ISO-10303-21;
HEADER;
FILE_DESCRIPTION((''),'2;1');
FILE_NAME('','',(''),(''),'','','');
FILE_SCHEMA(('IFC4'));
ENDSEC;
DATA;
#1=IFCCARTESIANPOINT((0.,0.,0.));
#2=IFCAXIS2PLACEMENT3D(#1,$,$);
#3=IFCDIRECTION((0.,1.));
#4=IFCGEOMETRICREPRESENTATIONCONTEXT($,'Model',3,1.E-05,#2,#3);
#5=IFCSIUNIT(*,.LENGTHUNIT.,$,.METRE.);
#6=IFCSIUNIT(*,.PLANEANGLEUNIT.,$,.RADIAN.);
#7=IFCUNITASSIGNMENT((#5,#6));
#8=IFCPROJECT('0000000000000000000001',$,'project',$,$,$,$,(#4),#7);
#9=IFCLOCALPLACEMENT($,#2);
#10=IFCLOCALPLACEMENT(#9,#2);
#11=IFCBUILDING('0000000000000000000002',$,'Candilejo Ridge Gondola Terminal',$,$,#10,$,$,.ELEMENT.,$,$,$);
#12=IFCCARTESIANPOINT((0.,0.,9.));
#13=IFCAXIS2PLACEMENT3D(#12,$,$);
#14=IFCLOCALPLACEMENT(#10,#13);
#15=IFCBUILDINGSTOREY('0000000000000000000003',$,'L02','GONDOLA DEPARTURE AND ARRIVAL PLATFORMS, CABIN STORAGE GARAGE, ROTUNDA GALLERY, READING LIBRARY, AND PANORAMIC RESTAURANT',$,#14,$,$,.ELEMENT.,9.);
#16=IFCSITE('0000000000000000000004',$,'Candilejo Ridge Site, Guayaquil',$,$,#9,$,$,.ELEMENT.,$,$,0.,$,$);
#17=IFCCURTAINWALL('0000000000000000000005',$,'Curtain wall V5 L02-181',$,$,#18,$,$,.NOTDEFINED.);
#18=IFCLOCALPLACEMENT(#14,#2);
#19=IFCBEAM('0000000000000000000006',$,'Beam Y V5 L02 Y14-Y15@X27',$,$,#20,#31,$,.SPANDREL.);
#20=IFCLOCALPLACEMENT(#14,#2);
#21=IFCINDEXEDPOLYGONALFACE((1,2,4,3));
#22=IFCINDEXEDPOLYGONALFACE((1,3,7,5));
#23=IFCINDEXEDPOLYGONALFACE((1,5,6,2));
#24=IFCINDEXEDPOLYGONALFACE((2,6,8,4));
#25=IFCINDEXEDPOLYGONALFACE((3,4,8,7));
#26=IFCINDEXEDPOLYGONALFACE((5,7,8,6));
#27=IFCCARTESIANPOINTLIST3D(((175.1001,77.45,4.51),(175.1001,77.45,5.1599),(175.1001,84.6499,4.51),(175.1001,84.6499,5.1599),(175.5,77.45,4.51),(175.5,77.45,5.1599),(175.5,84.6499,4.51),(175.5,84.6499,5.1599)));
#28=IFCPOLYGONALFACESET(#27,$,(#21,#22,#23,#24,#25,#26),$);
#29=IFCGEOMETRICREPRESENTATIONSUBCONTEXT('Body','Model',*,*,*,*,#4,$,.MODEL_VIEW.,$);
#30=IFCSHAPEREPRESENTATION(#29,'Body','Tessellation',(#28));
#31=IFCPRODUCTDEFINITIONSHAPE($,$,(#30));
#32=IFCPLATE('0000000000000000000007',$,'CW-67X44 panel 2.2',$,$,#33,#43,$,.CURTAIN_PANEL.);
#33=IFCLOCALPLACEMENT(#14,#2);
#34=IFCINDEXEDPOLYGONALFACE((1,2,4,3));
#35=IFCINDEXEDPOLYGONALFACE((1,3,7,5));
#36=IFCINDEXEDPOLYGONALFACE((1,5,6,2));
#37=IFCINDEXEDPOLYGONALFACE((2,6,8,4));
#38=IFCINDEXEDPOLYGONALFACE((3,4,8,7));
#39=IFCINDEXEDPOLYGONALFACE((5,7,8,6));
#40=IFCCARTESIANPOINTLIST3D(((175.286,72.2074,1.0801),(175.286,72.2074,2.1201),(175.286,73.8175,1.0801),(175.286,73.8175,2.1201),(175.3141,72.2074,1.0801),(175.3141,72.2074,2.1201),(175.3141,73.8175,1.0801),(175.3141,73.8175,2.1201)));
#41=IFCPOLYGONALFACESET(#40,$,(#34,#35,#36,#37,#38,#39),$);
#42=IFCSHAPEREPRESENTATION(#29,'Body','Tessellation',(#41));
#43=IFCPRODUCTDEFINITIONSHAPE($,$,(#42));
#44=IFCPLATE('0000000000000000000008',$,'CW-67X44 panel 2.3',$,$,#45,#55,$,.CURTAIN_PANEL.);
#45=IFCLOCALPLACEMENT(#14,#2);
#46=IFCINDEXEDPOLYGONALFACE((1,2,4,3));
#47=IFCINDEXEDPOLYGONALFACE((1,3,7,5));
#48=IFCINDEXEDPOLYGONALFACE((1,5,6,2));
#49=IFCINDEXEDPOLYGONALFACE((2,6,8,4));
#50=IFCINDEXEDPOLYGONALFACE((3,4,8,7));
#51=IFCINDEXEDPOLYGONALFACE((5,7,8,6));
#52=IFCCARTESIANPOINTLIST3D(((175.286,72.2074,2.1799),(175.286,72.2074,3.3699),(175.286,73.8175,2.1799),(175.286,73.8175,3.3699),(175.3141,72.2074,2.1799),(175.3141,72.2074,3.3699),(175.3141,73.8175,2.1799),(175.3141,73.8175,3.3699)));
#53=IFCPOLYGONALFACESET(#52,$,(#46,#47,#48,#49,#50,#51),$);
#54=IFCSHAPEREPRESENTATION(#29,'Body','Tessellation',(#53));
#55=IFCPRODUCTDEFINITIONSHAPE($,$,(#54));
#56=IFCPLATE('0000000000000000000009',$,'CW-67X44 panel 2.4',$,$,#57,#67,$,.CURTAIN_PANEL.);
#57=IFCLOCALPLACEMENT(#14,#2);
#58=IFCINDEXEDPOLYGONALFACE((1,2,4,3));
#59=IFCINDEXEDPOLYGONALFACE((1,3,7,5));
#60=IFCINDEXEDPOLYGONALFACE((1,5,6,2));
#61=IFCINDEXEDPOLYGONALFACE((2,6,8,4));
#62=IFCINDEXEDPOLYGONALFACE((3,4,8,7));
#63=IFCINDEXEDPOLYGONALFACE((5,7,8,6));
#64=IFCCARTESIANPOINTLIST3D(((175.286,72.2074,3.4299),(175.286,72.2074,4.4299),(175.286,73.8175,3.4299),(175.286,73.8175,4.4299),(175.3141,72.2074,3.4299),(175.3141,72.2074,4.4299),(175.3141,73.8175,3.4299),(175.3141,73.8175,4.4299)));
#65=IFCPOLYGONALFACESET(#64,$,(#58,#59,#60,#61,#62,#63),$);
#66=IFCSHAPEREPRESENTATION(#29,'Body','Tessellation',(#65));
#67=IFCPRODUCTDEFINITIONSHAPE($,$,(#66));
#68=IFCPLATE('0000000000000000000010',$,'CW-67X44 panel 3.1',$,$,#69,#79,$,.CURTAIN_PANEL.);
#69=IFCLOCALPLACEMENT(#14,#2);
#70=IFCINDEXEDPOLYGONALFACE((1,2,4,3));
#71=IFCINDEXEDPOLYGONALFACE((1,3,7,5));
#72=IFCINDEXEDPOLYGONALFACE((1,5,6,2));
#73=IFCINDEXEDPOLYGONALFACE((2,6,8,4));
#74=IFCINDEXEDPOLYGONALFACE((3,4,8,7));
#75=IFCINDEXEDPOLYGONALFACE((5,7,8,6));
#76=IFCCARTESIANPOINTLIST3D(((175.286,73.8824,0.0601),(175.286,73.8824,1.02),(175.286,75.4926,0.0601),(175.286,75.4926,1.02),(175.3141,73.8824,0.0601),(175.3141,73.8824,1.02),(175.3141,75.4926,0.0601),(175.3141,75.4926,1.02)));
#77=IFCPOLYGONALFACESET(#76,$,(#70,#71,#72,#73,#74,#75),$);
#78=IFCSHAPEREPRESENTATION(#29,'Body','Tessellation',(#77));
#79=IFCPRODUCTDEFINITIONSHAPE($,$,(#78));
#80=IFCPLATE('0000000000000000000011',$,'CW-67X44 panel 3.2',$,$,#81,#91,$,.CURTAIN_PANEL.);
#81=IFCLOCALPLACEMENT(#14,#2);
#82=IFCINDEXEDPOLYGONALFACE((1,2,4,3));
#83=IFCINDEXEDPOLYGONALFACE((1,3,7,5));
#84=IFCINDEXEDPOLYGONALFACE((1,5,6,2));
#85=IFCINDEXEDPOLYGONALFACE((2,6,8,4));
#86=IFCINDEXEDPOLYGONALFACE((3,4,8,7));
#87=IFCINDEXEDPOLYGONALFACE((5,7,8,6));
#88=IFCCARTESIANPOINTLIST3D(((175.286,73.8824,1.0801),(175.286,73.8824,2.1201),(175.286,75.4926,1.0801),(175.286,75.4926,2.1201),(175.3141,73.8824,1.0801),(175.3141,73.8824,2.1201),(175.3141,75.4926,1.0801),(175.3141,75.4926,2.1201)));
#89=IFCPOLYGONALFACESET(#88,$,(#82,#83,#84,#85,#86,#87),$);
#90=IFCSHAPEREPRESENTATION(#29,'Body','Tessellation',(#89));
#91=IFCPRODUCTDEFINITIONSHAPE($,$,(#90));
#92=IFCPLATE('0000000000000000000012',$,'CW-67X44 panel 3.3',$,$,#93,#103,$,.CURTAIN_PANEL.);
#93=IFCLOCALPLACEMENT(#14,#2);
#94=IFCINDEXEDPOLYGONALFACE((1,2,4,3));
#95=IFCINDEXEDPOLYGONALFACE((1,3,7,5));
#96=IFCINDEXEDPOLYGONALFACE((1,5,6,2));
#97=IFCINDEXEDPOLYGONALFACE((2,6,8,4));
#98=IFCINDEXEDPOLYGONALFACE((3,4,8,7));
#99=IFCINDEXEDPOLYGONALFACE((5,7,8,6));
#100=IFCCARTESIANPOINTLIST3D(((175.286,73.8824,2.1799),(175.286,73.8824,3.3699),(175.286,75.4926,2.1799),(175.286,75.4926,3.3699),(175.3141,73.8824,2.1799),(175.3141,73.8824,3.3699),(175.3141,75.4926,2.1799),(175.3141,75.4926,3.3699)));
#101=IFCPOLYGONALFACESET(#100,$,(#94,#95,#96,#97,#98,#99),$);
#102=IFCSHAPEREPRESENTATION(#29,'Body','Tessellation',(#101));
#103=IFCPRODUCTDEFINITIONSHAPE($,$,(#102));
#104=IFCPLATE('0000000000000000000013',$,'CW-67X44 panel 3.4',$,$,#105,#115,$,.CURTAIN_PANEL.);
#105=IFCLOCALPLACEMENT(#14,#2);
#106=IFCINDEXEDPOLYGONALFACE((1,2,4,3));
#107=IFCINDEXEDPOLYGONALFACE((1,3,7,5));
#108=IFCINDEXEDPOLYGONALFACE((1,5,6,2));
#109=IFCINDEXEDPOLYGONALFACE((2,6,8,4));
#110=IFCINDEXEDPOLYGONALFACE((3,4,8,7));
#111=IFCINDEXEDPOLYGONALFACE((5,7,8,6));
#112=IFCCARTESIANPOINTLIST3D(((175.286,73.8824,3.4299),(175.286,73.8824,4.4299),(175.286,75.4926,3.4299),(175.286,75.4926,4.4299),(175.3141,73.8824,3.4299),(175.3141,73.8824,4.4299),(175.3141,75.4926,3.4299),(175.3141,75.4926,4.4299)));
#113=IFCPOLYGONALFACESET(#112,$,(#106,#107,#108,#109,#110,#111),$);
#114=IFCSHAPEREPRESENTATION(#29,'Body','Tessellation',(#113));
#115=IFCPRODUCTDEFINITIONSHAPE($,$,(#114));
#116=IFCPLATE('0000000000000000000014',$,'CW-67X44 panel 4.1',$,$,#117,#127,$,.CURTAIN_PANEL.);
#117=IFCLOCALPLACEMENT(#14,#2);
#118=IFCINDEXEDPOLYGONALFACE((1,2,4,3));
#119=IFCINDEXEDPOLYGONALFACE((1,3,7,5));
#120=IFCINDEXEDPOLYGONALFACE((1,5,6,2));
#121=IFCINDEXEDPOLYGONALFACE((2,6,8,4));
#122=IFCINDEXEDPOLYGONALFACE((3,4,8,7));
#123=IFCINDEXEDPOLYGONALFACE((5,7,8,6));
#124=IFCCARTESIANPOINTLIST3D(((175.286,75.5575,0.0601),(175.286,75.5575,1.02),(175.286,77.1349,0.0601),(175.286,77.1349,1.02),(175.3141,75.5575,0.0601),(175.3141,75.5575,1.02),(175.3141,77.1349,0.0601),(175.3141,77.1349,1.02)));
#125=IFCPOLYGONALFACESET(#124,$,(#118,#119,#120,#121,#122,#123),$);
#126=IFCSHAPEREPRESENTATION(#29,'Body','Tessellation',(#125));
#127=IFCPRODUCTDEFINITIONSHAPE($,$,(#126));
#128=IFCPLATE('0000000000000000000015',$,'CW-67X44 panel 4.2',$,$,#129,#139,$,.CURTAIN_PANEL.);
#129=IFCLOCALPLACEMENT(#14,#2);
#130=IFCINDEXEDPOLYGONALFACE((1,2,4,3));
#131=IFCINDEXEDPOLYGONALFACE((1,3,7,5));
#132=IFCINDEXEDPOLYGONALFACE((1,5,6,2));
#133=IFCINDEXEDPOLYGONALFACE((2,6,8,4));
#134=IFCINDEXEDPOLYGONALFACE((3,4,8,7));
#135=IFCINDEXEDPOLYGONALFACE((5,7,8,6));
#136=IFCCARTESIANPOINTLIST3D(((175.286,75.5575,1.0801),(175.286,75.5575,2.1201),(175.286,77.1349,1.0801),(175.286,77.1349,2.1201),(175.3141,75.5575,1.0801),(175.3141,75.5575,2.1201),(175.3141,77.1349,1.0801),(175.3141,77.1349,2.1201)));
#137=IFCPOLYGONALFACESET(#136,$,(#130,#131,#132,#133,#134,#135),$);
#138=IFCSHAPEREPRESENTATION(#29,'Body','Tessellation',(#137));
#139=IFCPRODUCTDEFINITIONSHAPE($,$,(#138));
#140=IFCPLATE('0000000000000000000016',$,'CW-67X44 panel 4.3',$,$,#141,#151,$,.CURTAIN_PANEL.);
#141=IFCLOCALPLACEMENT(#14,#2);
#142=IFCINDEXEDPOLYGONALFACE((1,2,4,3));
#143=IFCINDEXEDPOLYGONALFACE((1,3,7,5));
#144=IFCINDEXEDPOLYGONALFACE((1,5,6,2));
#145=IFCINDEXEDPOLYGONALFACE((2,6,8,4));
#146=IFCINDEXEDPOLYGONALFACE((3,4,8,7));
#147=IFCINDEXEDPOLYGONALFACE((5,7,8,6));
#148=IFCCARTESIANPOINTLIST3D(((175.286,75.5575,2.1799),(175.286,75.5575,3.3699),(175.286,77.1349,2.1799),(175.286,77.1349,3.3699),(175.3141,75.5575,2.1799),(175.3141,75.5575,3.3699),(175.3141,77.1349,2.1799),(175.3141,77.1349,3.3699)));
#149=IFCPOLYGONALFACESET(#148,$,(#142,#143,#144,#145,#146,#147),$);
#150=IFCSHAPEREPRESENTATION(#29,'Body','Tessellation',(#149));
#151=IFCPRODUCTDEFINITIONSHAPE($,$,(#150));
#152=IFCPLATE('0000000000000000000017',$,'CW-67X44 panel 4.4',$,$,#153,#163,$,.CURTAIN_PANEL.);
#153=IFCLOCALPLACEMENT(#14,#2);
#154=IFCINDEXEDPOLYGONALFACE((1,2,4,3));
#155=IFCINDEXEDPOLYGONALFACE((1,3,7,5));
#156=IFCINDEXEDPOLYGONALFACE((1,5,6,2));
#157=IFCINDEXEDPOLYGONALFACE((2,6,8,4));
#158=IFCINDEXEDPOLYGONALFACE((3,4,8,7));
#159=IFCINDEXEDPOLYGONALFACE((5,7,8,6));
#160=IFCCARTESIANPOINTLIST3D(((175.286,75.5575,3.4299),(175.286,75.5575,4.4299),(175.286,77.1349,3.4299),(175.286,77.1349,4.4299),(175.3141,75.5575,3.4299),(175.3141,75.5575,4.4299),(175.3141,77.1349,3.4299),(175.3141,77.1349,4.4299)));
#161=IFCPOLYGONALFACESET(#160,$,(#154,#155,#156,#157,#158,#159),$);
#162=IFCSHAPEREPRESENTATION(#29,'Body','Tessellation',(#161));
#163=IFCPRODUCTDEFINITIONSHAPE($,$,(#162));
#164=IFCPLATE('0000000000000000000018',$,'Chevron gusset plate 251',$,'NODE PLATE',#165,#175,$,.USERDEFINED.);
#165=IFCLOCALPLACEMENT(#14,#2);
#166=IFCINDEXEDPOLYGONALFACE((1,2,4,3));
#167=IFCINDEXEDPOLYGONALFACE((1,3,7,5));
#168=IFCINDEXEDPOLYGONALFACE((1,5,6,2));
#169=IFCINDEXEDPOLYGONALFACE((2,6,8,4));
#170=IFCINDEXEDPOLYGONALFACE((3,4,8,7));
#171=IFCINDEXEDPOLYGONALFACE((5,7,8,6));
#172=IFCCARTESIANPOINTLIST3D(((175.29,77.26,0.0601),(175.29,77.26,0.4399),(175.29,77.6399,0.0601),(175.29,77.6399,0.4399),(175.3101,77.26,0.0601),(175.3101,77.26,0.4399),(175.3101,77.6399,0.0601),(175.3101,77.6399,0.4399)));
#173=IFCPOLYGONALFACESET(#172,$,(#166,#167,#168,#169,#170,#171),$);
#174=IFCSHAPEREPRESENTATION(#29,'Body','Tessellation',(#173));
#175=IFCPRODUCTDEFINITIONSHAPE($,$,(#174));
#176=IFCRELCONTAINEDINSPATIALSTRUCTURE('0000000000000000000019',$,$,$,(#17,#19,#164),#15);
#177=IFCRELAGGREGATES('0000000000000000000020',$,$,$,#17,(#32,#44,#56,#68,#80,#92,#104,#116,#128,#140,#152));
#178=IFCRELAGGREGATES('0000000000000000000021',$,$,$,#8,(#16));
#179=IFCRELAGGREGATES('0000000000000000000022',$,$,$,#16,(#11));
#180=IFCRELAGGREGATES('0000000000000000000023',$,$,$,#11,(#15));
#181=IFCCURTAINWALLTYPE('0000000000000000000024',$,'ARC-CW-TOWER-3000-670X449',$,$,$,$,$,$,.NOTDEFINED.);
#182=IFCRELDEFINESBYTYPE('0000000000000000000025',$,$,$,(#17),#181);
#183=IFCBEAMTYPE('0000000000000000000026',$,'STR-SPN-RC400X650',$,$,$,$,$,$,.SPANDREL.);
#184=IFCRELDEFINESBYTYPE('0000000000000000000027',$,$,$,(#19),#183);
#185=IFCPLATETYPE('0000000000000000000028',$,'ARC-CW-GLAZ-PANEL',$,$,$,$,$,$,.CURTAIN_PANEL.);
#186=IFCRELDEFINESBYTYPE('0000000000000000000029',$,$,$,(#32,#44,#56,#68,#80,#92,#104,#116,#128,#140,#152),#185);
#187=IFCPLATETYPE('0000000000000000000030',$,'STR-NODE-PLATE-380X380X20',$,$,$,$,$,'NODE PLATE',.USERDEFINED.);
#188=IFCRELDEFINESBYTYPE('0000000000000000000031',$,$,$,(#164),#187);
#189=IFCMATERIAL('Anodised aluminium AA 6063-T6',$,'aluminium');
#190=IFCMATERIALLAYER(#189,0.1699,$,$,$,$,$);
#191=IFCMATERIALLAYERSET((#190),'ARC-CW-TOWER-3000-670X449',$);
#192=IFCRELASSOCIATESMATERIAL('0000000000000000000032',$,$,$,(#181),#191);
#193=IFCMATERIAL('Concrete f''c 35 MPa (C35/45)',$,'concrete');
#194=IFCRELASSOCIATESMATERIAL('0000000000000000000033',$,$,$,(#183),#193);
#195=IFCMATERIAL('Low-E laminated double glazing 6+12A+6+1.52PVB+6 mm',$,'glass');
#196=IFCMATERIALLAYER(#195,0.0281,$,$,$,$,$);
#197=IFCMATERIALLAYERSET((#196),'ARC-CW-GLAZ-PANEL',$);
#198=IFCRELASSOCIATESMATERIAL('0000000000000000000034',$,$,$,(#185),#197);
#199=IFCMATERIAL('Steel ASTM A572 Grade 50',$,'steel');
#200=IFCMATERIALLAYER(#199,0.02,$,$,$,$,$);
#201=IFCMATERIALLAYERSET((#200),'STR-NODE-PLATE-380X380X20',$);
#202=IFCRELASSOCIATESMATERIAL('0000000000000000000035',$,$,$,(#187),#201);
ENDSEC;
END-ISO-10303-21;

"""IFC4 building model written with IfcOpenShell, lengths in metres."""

from ifc_helpers import new_model, si_unit, direction, frame, origin, origin_2d, place, context, subcontext, project, spatial, rectangle, extrude, material, layer, layer_set, material_profile, profile_set, type_object, element, aggregate, save


model = new_model("IFC4")

# Units and contexts
model_context = context("Model", 3, precision=1e-05, world=origin(), true_north=direction((0.0, 1.0)))
body_context = subcontext(model_context, "Body", "Model", "MODEL_VIEW")
ifc_project = project(units=[si_unit("LENGTHUNIT", "METRE"), si_unit("PLANEANGLEUNIT", "RADIAN")], contexts=[model_context])

# Site, building, storey
site_placement = place(None, origin())
site = spatial("IfcSite", under=ifc_project, at=site_placement, Name="Candilejo Ridge Site, Guayaquil", CompositionType="ELEMENT", RefElevation=0.0)
building_placement = place(site_placement, origin())
building = spatial("IfcBuilding", under=site, at=building_placement, Name="Candilejo Ridge Gondola Terminal", CompositionType="ELEMENT")
storey_placement = place(building_placement, frame((0.0, 0.0, 9.0)))
storey = spatial("IfcBuildingStorey", under=building, at=storey_placement, Name="L02", Description="GONDOLA DEPARTURE AND ARRIVAL PLATFORMS, CABIN STORAGE GARAGE, ROTUNDA GALLERY, READING LIBRARY, AND PANORAMIC RESTAURANT", CompositionType="ELEMENT", Elevation=9.0)

# Curtain wall
ifc_material_1 = material(Name="Anodised aluminium AA 6063-T6", Category="aluminium")
ifc_layer_1 = layer(ifc_material_1, 0.1699)
ifc_layer_set_1 = layer_set([ifc_layer_1], Name="ARC-CW-TOWER-3000-670X449")
curtain_wall_type = type_object("IfcCurtainWallType", Name="ARC-CW-TOWER-3000-670X449", PredefinedType="NOTDEFINED", material=ifc_layer_set_1)
curtain_wall_placement = place(storey_placement, origin())
curtain_wall = element("IfcCurtainWall", 1, at=curtain_wall_placement, inside=storey, type_object=curtain_wall_type, Name="Curtain wall V5 L02-181", PredefinedType="NOTDEFINED")

# Beam
ifc_material_2 = material(Name="Concrete f'c 35 MPa (C35/45)", Category="concrete")
ifc_material_profile_1 = material_profile(ifc_material_2, rectangle(XDim=0.3999, YDim=0.6499, at=origin_2d()))
ifc_profile_set_1 = profile_set([ifc_material_profile_1], Name="Concrete f'c 35 MPa (C35/45)")
beam_type_1 = type_object("IfcBeamType", Name="STR-SPN-RC400X650", PredefinedType="SPANDREL", material=ifc_profile_set_1)
beam_1_placement = place(storey_placement, frame((175.3, 77.45, 4.835), z_axis=(0.0, 1.0, 0.0), x_axis=(-1.0, 0.0, 0.0)))
element("IfcBeam", 2, at=beam_1_placement, inside=storey, type_object=beam_type_1, Name="Beam Y V5 L02 Y14-Y15@X27", PredefinedType="SPANDREL", context=body_context, shape_type="SweptSolid", body=[
    extrude(rectangle(XDim=0.3999, YDim=0.6499, at=origin_2d()), origin(), (0.0, 0.0, 1.0), 7.2),
])

# Plates
ifc_material_3 = material(Name="Low-E laminated double glazing 6+12A+6+1.52PVB+6 mm", Category="glass")
ifc_layer_2 = layer(ifc_material_3, 0.0281)
ifc_layer_set_2 = layer_set([ifc_layer_2], Name="ARC-CW-GLAZ-PANEL")
plate_type_1 = type_object("IfcPlateType", Name="ARC-CW-GLAZ-PANEL", PredefinedType="CURTAIN_PANEL", material=ifc_layer_set_2)
plate_1_placement = place(storey_placement, frame((175.3, 73.0125, 1.0801), z_axis=(0.0, 0.0, 1.0), x_axis=(0.0, 1.0, 0.0)))
plate_1 = element("IfcPlate", 3, at=plate_1_placement, type_object=plate_type_1, Name="CW-67X44 panel 2.2", PredefinedType="CURTAIN_PANEL", context=body_context, shape_type="SweptSolid", body=[
    extrude(rectangle(XDim=1.6101, YDim=0.0281, at=origin_2d()), origin(), (0.0, 0.0, 1.0), 1.04),
])
plate_2_placement = place(storey_placement, frame((175.3, 73.0125, 2.1799), z_axis=(0.0, 0.0, 1.0), x_axis=(0.0, 1.0, 0.0)))
plate_2 = element("IfcPlate", 4, at=plate_2_placement, type_object=plate_type_1, Name="CW-67X44 panel 2.3", PredefinedType="CURTAIN_PANEL", context=body_context, shape_type="SweptSolid", body=[
    extrude(rectangle(XDim=1.6101, YDim=0.0281, at=origin_2d()), origin(), (0.0, 0.0, 1.0), 1.1899),
])
plate_3_placement = place(storey_placement, frame((175.3, 73.0125, 3.4299), z_axis=(0.0, 0.0, 1.0), x_axis=(0.0, 1.0, 0.0)))
plate_3 = element("IfcPlate", 5, at=plate_3_placement, type_object=plate_type_1, Name="CW-67X44 panel 2.4", PredefinedType="CURTAIN_PANEL", context=body_context, shape_type="SweptSolid", body=[
    extrude(rectangle(XDim=1.6101, YDim=0.0281, at=origin_2d()), origin(), (0.0, 0.0, 1.0), 1.0),
])
plate_4_placement = place(storey_placement, frame((175.3, 74.6875, 0.0601), z_axis=(0.0, 0.0, 1.0), x_axis=(0.0, 1.0, 0.0)))
plate_4 = element("IfcPlate", 6, at=plate_4_placement, type_object=plate_type_1, Name="CW-67X44 panel 3.1", PredefinedType="CURTAIN_PANEL", context=body_context, shape_type="SweptSolid", body=[
    extrude(rectangle(XDim=1.6101, YDim=0.0281, at=origin_2d()), origin(), (0.0, 0.0, 1.0), 0.96),
])
plate_5_placement = place(storey_placement, frame((175.3, 74.6875, 1.0801), z_axis=(0.0, 0.0, 1.0), x_axis=(0.0, 1.0, 0.0)))
plate_5 = element("IfcPlate", 7, at=plate_5_placement, type_object=plate_type_1, Name="CW-67X44 panel 3.2", PredefinedType="CURTAIN_PANEL", context=body_context, shape_type="SweptSolid", body=[
    extrude(rectangle(XDim=1.6101, YDim=0.0281, at=origin_2d()), origin(), (0.0, 0.0, 1.0), 1.04),
])
plate_6_placement = place(storey_placement, frame((175.3, 74.6875, 2.1799), z_axis=(0.0, 0.0, 1.0), x_axis=(0.0, 1.0, 0.0)))
plate_6 = element("IfcPlate", 8, at=plate_6_placement, type_object=plate_type_1, Name="CW-67X44 panel 3.3", PredefinedType="CURTAIN_PANEL", context=body_context, shape_type="SweptSolid", body=[
    extrude(rectangle(XDim=1.6101, YDim=0.0281, at=origin_2d()), origin(), (0.0, 0.0, 1.0), 1.1899),
])
plate_7_placement = place(storey_placement, frame((175.3, 74.6875, 3.4299), z_axis=(0.0, 0.0, 1.0), x_axis=(0.0, 1.0, 0.0)))
plate_7 = element("IfcPlate", 9, at=plate_7_placement, type_object=plate_type_1, Name="CW-67X44 panel 3.4", PredefinedType="CURTAIN_PANEL", context=body_context, shape_type="SweptSolid", body=[
    extrude(rectangle(XDim=1.6101, YDim=0.0281, at=origin_2d()), origin(), (0.0, 0.0, 1.0), 1.0),
])
plate_8_placement = place(storey_placement, frame((175.3, 76.3462, 0.0601), z_axis=(0.0, 0.0, 1.0), x_axis=(0.0, 1.0, 0.0)))
plate_8 = element("IfcPlate", 10, at=plate_8_placement, type_object=plate_type_1, Name="CW-67X44 panel 4.1", PredefinedType="CURTAIN_PANEL", context=body_context, shape_type="SweptSolid", body=[
    extrude(rectangle(XDim=1.5774, YDim=0.0281, at=origin_2d()), origin(), (0.0, 0.0, 1.0), 0.96),
])
plate_9_placement = place(storey_placement, frame((175.3, 76.3462, 1.0801), z_axis=(0.0, 0.0, 1.0), x_axis=(0.0, 1.0, 0.0)))
plate_9 = element("IfcPlate", 11, at=plate_9_placement, type_object=plate_type_1, Name="CW-67X44 panel 4.2", PredefinedType="CURTAIN_PANEL", context=body_context, shape_type="SweptSolid", body=[
    extrude(rectangle(XDim=1.5774, YDim=0.0281, at=origin_2d()), origin(), (0.0, 0.0, 1.0), 1.04),
])
plate_10_placement = place(storey_placement, frame((175.3, 76.3462, 2.1799), z_axis=(0.0, 0.0, 1.0), x_axis=(0.0, 1.0, 0.0)))
plate_10 = element("IfcPlate", 12, at=plate_10_placement, type_object=plate_type_1, Name="CW-67X44 panel 4.3", PredefinedType="CURTAIN_PANEL", context=body_context, shape_type="SweptSolid", body=[
    extrude(rectangle(XDim=1.5774, YDim=0.0281, at=origin_2d()), origin(), (0.0, 0.0, 1.0), 1.1899),
])
plate_11_placement = place(storey_placement, frame((175.3, 76.3462, 3.4299), z_axis=(0.0, 0.0, 1.0), x_axis=(0.0, 1.0, 0.0)))
plate_11 = element("IfcPlate", 13, at=plate_11_placement, type_object=plate_type_1, Name="CW-67X44 panel 4.4", PredefinedType="CURTAIN_PANEL", context=body_context, shape_type="SweptSolid", body=[
    extrude(rectangle(XDim=1.5774, YDim=0.0281, at=origin_2d()), origin(), (0.0, 0.0, 1.0), 1.0),
])
aggregate(curtain_wall, [plate_1, plate_2, plate_3, plate_4, plate_5, plate_6, plate_7, plate_8, plate_9, plate_10, plate_11])
ifc_material_4 = material(Name="Steel ASTM A572 Grade 50", Category="steel")
ifc_layer_3 = layer(ifc_material_4, 0.02)
ifc_layer_set_3 = layer_set([ifc_layer_3], Name="STR-NODE-PLATE-380X380X20")
plate_type_2 = type_object("IfcPlateType", Name="STR-NODE-PLATE-380X380X20", ElementType="NODE PLATE", PredefinedType="USERDEFINED", material=ifc_layer_set_3)
plate_12_placement = place(storey_placement, frame((175.3, 77.45, 0.0601), z_axis=(0.0, 0.0, 1.0), x_axis=(1.0, 0.0, 0.0)))
element("IfcPlate", 14, at=plate_12_placement, inside=storey, type_object=plate_type_2, Name="Chevron gusset plate 251", ObjectType="NODE PLATE", PredefinedType="USERDEFINED", context=body_context, shape_type="SweptSolid", body=[
    extrude(rectangle(XDim=0.02, YDim=0.3799, at=origin_2d()), origin(), (0.0, 0.0, 1.0), 0.3799),
])

save(model, "model.ifc")
